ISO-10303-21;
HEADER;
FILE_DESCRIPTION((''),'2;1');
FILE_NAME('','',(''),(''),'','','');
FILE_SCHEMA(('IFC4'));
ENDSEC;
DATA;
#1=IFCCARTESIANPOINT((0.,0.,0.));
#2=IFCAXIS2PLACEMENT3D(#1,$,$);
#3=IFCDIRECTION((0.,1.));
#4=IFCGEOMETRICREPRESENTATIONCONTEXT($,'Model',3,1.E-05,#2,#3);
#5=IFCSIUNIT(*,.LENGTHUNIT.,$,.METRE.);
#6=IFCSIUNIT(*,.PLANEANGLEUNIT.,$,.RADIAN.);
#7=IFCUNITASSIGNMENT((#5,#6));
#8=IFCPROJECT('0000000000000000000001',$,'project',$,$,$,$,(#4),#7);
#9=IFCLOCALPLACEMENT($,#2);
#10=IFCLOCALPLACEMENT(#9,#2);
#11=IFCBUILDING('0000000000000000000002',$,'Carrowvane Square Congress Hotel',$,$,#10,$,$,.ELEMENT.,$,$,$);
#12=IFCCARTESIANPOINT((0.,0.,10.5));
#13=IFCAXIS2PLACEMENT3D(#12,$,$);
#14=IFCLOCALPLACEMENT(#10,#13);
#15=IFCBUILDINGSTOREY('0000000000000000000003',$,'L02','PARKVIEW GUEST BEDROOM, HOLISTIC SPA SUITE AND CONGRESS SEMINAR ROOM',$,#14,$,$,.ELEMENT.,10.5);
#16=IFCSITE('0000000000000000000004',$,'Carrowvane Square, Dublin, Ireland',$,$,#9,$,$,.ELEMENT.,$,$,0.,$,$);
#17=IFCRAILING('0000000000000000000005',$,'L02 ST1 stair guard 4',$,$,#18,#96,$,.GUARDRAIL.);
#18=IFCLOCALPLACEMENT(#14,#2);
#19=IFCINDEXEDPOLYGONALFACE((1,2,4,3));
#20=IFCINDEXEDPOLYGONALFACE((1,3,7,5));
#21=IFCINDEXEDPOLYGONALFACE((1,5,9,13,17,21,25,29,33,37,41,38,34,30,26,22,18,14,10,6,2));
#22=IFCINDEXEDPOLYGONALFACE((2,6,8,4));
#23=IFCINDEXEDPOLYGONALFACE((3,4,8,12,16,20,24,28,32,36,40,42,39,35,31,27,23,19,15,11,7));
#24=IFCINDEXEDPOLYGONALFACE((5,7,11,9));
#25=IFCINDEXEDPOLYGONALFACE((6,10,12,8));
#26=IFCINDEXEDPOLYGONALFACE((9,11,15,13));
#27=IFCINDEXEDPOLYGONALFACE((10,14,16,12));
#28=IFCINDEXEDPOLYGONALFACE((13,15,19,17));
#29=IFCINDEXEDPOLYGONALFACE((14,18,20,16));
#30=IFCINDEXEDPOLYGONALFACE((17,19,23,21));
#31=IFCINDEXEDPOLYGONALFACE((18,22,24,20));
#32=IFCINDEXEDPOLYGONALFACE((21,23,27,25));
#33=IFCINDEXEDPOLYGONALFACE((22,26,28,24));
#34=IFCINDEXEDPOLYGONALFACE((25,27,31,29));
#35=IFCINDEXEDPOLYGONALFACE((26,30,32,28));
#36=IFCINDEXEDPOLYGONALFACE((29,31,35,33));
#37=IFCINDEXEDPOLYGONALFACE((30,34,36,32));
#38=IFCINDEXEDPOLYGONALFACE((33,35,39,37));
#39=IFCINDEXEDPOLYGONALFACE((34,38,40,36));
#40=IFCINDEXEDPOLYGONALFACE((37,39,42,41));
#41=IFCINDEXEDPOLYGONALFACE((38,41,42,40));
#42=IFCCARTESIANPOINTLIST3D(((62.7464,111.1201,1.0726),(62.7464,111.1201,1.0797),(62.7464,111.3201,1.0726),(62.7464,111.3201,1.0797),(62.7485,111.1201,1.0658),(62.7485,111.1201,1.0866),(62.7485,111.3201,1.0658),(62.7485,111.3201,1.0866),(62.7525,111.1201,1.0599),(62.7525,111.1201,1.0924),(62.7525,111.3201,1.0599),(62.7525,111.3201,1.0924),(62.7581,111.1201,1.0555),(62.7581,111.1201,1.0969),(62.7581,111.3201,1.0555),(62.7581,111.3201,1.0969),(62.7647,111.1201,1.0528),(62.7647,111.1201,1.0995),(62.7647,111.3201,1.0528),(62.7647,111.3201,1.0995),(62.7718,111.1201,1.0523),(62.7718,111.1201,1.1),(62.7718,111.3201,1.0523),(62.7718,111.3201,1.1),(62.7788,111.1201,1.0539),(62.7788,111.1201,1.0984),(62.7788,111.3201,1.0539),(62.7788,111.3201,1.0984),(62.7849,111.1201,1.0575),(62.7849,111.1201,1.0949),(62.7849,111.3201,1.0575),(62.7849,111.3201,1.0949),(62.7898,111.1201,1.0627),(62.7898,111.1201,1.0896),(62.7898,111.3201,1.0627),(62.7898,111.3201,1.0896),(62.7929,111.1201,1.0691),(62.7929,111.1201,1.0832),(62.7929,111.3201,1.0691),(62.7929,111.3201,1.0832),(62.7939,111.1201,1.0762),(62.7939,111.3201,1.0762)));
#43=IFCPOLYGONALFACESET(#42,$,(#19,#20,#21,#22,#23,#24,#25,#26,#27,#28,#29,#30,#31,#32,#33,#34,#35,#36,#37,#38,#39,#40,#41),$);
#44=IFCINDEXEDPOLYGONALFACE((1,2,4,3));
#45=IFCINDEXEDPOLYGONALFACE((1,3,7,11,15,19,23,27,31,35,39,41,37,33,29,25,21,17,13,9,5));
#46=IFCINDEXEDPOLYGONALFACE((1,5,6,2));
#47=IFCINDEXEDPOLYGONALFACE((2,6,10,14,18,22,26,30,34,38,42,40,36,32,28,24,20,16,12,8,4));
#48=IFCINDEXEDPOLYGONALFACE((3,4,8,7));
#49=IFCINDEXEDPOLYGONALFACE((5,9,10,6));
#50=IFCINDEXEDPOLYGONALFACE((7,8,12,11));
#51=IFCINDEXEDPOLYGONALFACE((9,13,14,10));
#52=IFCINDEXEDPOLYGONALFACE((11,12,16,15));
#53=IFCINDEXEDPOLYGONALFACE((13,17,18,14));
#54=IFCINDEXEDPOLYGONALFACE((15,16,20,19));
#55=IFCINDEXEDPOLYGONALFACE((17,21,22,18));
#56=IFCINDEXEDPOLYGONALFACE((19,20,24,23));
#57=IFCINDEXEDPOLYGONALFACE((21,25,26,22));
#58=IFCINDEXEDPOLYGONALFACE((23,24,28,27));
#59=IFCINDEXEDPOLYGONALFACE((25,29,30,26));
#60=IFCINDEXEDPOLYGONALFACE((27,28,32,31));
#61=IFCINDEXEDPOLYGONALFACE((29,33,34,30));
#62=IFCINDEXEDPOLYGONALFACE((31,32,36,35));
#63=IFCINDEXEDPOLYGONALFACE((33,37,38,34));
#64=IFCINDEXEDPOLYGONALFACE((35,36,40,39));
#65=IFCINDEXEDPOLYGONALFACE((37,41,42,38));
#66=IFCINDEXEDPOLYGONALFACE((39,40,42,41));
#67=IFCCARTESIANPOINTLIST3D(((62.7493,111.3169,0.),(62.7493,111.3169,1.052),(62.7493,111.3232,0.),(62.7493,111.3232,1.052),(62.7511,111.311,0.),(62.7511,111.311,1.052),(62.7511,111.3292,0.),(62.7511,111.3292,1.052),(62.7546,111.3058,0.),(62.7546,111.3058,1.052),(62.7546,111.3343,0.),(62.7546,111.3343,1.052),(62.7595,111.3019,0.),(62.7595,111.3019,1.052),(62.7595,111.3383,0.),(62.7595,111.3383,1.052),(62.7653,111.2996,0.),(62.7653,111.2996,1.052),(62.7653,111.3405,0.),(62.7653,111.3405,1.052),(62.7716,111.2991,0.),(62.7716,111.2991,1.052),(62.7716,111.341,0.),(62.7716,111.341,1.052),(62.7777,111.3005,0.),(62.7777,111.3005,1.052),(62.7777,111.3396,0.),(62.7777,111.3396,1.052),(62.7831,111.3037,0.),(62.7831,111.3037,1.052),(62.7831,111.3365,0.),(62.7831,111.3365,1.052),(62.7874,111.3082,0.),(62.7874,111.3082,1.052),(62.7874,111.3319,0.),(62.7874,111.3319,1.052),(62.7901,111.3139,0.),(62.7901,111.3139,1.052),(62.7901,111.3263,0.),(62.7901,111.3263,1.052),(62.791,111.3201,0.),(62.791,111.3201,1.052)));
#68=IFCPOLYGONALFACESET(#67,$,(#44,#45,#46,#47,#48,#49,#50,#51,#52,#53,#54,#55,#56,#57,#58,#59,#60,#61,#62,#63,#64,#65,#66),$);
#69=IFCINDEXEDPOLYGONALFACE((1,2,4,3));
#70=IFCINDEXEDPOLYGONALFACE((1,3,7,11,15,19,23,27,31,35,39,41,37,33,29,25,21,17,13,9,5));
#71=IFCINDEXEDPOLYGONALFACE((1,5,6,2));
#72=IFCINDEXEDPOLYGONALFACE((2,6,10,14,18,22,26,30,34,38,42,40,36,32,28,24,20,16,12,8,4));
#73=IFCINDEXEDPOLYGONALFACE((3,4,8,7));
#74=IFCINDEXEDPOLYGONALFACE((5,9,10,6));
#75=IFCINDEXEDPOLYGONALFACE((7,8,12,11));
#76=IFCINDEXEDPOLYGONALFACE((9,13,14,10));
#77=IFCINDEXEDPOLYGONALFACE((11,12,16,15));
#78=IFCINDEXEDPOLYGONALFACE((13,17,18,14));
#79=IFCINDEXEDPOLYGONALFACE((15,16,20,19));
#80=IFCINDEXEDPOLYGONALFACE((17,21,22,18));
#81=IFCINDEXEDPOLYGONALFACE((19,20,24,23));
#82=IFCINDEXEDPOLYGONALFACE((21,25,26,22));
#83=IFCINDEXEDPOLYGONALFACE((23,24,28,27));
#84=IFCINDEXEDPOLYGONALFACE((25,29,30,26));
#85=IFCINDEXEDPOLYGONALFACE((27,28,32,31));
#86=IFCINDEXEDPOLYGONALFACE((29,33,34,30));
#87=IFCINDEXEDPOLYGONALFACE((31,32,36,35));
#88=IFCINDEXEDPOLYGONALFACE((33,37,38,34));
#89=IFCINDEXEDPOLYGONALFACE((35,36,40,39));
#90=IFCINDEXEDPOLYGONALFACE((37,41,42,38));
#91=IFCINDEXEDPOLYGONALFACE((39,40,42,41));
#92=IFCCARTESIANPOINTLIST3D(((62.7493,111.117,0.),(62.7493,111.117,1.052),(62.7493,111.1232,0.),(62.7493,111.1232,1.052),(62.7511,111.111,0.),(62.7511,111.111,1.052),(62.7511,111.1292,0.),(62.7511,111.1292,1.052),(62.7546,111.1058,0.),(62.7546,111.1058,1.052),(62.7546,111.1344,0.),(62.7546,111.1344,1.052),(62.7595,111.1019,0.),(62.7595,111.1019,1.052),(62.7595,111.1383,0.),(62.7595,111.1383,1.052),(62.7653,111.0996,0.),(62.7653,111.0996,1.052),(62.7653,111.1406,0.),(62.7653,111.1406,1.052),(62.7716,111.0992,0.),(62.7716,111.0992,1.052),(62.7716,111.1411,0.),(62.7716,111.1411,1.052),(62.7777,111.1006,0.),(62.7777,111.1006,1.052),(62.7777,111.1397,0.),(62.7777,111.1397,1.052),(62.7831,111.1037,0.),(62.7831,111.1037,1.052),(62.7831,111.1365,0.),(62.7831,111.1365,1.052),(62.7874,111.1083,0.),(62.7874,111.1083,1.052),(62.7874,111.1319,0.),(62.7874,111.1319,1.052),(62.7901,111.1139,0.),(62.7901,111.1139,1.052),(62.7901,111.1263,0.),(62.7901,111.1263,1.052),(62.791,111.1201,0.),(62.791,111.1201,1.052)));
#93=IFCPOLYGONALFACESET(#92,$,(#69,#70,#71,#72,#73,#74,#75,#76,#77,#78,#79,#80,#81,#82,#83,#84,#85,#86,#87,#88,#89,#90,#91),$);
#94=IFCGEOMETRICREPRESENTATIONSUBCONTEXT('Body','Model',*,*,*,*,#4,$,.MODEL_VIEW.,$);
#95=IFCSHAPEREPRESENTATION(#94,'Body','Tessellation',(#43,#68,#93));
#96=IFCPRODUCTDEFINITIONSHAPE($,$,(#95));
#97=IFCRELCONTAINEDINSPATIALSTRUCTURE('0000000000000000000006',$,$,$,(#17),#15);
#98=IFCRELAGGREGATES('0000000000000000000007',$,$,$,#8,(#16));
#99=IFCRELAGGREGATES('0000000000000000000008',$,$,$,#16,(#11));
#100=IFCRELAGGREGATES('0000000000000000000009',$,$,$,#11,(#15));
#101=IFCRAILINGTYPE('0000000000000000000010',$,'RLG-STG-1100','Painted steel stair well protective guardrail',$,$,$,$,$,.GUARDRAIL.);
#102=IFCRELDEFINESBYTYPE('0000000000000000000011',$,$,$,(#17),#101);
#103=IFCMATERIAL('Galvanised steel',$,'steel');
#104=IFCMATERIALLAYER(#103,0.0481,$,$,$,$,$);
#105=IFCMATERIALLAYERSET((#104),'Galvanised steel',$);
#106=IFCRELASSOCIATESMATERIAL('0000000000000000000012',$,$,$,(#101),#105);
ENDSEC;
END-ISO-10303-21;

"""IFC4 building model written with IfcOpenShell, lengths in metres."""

from ifc_helpers import new_model, si_unit, direction, frame, origin, origin_2d, place, context, subcontext, project, spatial, circle, extrude, material, layer, layer_set, type_object, element, save


model = new_model("IFC4")

# Units and contexts
model_context = context("Model", 3, precision=1e-05, world=origin(), true_north=direction((0.0, 1.0)))
body_context = subcontext(model_context, "Body", "Model", "MODEL_VIEW")
ifc_project = project(units=[si_unit("LENGTHUNIT", "METRE"), si_unit("PLANEANGLEUNIT", "RADIAN")], contexts=[model_context])

# Site, building, storey
site_placement = place(None, origin())
site = spatial("IfcSite", under=ifc_project, at=site_placement, Name="Carrowvane Square, Dublin, Ireland", CompositionType="ELEMENT", RefElevation=0.0)
building_placement = place(site_placement, origin())
building = spatial("IfcBuilding", under=site, at=building_placement, Name="Carrowvane Square Congress Hotel", CompositionType="ELEMENT")
storey_placement = place(building_placement, frame((0.0, 0.0, 10.5)))
storey = spatial("IfcBuildingStorey", under=building, at=storey_placement, Name="L02", Description="PARKVIEW GUEST BEDROOM, HOLISTIC SPA SUITE AND CONGRESS SEMINAR ROOM", CompositionType="ELEMENT", Elevation=10.5)

# Railing
ifc_material_1 = material(Name="Galvanised steel", Category="steel")
ifc_layer_1 = layer(ifc_material_1, 0.0481)
ifc_layer_set_1 = layer_set([ifc_layer_1], Name="Galvanised steel")
railing_type_1 = type_object("IfcRailingType", Name="RLG-STG-1100", Description="Painted steel stair well protective guardrail", PredefinedType="GUARDRAIL", material=ifc_layer_set_1)
railing_1_placement = place(storey_placement, frame((62.77, 111.3201, 0.0)))
element("IfcRailing", 1, at=railing_1_placement, inside=storey, type_object=railing_type_1, Name="L02 ST1 stair guard 4", PredefinedType="GUARDRAIL", context=body_context, shape_type="SweptSolid", body=[
    extrude(circle(Radius=0.0239, at=origin_2d()), frame((0.0, 0.0, 1.0762), z_axis=(0.0, -1.0, 0.0), x_axis=(1.0, 0.0, 0.0)), (0.0, 0.0, 1.0), 0.2),
    extrude(circle(Radius=0.021, at=origin_2d()), origin(), (0.0, 0.0, 1.0), 1.052),
    extrude(circle(Radius=0.021, at=origin_2d()), frame((0.0, -0.2, 0.0)), (0.0, 0.0, 1.0), 1.052),
])

save(model, "model.ifc")
